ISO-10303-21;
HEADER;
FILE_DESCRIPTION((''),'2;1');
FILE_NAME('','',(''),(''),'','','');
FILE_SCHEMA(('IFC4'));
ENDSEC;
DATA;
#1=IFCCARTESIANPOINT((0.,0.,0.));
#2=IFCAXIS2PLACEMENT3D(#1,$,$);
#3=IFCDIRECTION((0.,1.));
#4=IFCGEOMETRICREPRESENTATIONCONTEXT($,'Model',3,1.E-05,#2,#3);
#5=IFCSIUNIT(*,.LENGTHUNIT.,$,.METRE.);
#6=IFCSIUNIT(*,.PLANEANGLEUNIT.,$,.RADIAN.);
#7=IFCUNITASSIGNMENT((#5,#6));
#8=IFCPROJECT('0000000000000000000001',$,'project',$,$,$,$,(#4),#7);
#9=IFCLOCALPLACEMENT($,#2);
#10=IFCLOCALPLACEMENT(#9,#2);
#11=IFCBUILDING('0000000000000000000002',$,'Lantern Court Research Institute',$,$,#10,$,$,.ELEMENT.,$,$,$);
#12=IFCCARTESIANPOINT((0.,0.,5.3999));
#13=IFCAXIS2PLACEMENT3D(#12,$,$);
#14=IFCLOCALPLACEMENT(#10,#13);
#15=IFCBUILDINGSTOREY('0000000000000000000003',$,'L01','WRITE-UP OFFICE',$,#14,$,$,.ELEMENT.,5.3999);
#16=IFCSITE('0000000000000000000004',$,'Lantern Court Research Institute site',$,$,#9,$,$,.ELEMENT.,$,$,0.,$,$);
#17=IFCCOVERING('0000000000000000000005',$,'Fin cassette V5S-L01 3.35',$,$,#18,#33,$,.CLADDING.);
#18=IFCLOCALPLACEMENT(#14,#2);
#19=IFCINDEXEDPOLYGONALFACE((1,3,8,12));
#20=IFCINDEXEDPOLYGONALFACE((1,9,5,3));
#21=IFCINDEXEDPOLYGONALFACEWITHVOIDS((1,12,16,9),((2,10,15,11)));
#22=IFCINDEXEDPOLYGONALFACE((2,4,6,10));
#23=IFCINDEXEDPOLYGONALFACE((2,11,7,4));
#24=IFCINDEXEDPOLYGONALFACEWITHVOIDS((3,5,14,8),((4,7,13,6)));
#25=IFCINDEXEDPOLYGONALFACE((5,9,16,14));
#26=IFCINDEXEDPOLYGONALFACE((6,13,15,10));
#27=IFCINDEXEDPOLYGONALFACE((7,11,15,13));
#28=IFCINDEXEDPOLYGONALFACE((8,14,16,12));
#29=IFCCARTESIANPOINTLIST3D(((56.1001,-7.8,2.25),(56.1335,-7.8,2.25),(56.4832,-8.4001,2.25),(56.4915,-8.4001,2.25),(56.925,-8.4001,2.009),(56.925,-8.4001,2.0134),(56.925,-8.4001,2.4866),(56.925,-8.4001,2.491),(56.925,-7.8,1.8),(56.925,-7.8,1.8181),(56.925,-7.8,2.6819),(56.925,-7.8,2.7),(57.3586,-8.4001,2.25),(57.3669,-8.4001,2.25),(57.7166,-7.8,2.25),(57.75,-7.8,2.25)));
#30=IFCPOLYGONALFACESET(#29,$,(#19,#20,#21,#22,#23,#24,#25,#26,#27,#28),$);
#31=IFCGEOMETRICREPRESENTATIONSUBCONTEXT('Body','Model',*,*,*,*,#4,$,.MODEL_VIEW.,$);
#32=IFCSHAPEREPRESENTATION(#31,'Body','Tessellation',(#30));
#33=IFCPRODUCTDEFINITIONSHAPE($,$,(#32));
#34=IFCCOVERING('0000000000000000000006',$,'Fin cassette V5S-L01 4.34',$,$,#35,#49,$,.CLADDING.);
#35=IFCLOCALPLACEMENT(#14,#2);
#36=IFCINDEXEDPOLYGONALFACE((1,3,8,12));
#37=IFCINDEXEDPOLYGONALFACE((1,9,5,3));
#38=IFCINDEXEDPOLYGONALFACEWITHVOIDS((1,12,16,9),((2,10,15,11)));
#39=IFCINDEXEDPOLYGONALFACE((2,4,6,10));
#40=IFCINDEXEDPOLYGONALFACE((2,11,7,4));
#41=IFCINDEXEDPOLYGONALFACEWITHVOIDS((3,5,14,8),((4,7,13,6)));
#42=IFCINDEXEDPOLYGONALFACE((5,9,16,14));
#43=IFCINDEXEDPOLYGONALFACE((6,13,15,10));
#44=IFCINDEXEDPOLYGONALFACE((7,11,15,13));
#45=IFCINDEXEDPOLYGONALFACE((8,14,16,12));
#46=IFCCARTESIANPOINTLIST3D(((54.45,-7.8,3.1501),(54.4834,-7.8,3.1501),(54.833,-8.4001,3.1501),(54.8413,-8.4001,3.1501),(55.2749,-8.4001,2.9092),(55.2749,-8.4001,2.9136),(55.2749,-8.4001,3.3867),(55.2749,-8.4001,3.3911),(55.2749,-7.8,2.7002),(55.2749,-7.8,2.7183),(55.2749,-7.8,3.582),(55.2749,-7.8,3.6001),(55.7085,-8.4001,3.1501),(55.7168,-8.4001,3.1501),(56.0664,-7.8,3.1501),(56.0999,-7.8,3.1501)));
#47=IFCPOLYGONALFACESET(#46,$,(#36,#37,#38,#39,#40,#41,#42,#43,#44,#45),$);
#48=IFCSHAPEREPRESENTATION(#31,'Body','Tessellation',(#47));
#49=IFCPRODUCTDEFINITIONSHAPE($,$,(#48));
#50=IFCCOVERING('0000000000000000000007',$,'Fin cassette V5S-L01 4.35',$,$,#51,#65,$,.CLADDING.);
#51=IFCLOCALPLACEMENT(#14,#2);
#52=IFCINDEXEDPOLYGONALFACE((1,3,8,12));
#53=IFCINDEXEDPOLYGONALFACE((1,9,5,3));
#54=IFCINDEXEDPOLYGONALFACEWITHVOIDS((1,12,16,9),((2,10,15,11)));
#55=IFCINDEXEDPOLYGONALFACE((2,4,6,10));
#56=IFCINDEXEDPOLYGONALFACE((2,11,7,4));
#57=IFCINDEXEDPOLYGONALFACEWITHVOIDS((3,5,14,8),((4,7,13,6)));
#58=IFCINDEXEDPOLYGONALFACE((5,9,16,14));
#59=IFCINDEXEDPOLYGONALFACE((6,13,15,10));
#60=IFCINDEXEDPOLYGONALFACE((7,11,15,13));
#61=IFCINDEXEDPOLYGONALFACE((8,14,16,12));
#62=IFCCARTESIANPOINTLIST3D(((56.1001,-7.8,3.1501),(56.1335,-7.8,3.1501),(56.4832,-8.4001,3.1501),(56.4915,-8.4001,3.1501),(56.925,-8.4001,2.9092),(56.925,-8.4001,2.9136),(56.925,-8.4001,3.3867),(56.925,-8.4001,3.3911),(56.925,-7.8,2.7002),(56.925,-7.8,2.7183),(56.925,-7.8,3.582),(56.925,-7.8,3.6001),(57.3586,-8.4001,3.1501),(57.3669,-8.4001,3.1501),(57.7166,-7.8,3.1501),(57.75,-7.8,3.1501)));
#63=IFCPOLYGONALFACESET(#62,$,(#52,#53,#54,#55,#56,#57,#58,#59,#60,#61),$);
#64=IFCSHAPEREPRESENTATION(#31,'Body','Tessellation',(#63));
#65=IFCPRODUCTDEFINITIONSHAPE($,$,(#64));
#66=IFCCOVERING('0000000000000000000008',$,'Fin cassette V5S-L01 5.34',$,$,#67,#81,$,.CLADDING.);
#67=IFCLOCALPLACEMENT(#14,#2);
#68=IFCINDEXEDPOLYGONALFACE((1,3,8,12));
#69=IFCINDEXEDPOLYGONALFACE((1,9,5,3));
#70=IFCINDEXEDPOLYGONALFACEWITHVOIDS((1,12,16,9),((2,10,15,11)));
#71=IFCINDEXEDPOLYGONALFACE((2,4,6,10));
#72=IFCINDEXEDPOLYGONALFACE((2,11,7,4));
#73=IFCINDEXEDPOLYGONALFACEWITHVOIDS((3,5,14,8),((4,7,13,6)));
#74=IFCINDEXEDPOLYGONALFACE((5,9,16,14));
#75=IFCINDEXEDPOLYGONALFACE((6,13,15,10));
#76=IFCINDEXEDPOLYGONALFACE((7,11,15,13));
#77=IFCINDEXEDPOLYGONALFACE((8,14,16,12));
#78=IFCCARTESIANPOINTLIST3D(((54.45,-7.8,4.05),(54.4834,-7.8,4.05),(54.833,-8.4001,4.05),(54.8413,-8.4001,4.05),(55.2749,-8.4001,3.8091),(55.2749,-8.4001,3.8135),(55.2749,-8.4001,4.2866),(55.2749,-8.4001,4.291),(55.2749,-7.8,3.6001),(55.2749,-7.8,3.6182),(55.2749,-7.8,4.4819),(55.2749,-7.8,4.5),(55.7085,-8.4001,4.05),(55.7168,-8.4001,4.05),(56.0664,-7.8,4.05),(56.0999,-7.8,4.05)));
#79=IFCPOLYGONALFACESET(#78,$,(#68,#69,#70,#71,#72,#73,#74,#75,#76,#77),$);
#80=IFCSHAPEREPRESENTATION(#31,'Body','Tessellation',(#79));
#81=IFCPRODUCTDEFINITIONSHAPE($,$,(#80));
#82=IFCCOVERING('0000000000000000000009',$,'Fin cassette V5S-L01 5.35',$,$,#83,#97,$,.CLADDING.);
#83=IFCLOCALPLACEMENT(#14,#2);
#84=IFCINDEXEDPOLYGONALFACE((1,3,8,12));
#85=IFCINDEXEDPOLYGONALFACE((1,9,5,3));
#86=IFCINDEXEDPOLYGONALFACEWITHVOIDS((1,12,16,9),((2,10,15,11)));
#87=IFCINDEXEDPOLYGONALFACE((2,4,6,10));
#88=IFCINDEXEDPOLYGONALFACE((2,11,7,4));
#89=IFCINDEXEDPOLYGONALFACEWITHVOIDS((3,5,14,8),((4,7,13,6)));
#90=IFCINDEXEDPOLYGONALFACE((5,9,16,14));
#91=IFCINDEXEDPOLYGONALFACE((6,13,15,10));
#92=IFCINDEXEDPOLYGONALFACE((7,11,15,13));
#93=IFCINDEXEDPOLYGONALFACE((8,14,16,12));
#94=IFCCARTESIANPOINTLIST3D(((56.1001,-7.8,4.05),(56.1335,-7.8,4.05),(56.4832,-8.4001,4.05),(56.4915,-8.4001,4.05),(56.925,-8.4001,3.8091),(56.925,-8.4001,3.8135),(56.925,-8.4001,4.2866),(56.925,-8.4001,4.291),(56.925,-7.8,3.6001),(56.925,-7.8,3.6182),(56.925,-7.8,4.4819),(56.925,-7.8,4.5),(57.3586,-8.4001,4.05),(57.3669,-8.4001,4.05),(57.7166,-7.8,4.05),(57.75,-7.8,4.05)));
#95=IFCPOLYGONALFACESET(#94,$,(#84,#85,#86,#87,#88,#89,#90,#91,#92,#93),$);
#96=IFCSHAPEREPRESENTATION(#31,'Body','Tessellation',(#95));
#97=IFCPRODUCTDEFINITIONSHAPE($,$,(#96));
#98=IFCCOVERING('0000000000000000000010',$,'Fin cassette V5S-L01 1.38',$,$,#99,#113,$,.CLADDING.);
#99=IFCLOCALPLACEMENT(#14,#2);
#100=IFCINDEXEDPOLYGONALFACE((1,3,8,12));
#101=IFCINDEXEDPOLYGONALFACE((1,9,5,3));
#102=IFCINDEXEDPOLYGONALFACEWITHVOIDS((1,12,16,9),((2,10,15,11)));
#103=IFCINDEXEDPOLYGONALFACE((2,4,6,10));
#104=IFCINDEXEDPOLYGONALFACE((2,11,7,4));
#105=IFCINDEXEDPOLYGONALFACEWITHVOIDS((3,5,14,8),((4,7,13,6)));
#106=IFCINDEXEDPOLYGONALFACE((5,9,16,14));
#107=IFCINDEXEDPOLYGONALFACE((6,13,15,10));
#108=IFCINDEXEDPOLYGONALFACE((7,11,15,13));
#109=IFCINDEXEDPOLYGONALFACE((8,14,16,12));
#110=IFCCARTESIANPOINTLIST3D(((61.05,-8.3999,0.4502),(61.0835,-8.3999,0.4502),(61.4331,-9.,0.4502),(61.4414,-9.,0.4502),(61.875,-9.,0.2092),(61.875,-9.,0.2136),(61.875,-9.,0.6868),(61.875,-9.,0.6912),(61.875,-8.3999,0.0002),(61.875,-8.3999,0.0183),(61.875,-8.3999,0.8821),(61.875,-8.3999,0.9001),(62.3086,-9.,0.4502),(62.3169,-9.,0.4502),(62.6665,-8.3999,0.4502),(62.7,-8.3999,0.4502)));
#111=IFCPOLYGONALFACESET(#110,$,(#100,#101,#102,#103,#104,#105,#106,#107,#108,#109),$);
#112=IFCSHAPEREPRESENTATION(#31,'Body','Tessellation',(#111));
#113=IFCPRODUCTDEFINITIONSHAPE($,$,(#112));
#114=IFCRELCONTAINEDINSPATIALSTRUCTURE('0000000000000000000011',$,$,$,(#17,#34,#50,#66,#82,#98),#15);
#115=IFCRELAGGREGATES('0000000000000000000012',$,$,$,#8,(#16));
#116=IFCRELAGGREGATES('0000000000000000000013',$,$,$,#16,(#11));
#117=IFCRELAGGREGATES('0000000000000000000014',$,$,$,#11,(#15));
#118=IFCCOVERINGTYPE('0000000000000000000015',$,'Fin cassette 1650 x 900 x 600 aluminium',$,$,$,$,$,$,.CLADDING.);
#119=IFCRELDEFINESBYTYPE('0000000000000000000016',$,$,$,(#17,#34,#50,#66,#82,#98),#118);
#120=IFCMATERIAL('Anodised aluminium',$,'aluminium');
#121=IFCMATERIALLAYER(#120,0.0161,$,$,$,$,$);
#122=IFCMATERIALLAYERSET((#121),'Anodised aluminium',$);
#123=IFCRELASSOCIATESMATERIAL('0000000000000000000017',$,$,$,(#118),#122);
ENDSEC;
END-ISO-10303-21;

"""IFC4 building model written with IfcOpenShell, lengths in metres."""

from ifc_helpers import new_model, entity, si_unit, direction, frame, origin, place, context, subcontext, project, spatial, material, layer, layer_set, type_object, element, save


model = new_model("IFC4")

# Units and contexts
model_context = context("Model", 3, precision=1e-05, world=origin(), true_north=direction((0.0, 1.0)))
body_context = subcontext(model_context, "Body", "Model", "MODEL_VIEW")
ifc_project = project(units=[si_unit("LENGTHUNIT", "METRE"), si_unit("PLANEANGLEUNIT", "RADIAN")], contexts=[model_context])

# Site, building, storey
site_placement = place(None, origin())
site = spatial("IfcSite", under=ifc_project, at=site_placement, Name="Lantern Court Research Institute site", CompositionType="ELEMENT", RefElevation=0.0)
building_placement = place(site_placement, origin())
building = spatial("IfcBuilding", under=site, at=building_placement, Name="Lantern Court Research Institute", CompositionType="ELEMENT")
storey_placement = place(building_placement, frame((0.0, 0.0, 5.3999)))
storey = spatial("IfcBuildingStorey", under=building, at=storey_placement, Name="L01", Description="WRITE-UP OFFICE", CompositionType="ELEMENT", Elevation=5.3999)

# Coverings
ifc_material_1 = material(Name="Anodised aluminium", Category="aluminium")
ifc_layer_1 = layer(ifc_material_1, 0.0161)
ifc_layer_set_1 = layer_set([ifc_layer_1], Name="Anodised aluminium")
covering_type = type_object("IfcCoveringType", Name="Fin cassette 1650 x 900 x 600 aluminium", PredefinedType="CLADDING", material=ifc_layer_set_1)
covering_1_placement = place(storey_placement, frame((56.925, -7.8, 2.25), z_axis=(0.0, -1.0, 0.0), x_axis=(1.0, 0.0, 0.0)))
cartesian_point_1 = entity("IfcCartesianPoint", [0.825, 0.0])
cartesian_point_2 = entity("IfcCartesianPoint", [0.7915, 0.0])
cartesian_point_3 = entity("IfcCartesianPoint", [0.4419, 0.0])
cartesian_point_4 = entity("IfcCartesianPoint", [0.4336, 0.0])
element("IfcCovering", 1, at=covering_1_placement, inside=storey, type_object=covering_type, Name="Fin cassette V5S-L01 3.35", PredefinedType="CLADDING", context=body_context, shape_type="SweptSolid", body=[
    entity("IfcExtrudedAreaSolidTapered", entity("IfcArbitraryProfileDefWithVoids", "AREA", None, entity("IfcPolyline", [cartesian_point_1, entity("IfcCartesianPoint", [0.0, 0.45]), entity("IfcCartesianPoint", [-0.825, 0.0]), entity("IfcCartesianPoint", [0.0, -0.45]), cartesian_point_1]), [entity("IfcPolyline", [cartesian_point_2, entity("IfcCartesianPoint", [0.0, 0.4319]), entity("IfcCartesianPoint", [-0.7915, 0.0]), entity("IfcCartesianPoint", [0.0, -0.4319]), cartesian_point_2])]), entity("IfcAxis2Placement3D", entity("IfcCartesianPoint", [0.0, 0.0, 0.0])), entity("IfcDirection", [0.0, 0.0, 1.0]), 0.6001, entity("IfcArbitraryProfileDefWithVoids", "AREA", None, entity("IfcPolyline", [cartesian_point_3, entity("IfcCartesianPoint", [0.0, 0.241]), entity("IfcCartesianPoint", [-0.4419, 0.0]), entity("IfcCartesianPoint", [0.0, -0.241]), cartesian_point_3]), [entity("IfcPolyline", [cartesian_point_4, entity("IfcCartesianPoint", [0.0, 0.2366]), entity("IfcCartesianPoint", [-0.4336, 0.0]), entity("IfcCartesianPoint", [0.0, -0.2366]), cartesian_point_4])])),
])
covering_2_placement = place(storey_placement, frame((55.2749, -7.8, 3.1501), z_axis=(0.0, -1.0, 0.0), x_axis=(1.0, 0.0, 0.0)))
cartesian_point_5 = entity("IfcCartesianPoint", [0.825, 0.0])
cartesian_point_6 = entity("IfcCartesianPoint", [0.7915, 0.0])
cartesian_point_7 = entity("IfcCartesianPoint", [0.4419, 0.0])
cartesian_point_8 = entity("IfcCartesianPoint", [0.4336, 0.0])
element("IfcCovering", 2, at=covering_2_placement, inside=storey, type_object=covering_type, Name="Fin cassette V5S-L01 4.34", PredefinedType="CLADDING", context=body_context, shape_type="SweptSolid", body=[
    entity("IfcExtrudedAreaSolidTapered", entity("IfcArbitraryProfileDefWithVoids", "AREA", None, entity("IfcPolyline", [cartesian_point_5, entity("IfcCartesianPoint", [0.0, 0.45]), entity("IfcCartesianPoint", [-0.825, 0.0]), entity("IfcCartesianPoint", [0.0, -0.45]), cartesian_point_5]), [entity("IfcPolyline", [cartesian_point_6, entity("IfcCartesianPoint", [0.0, 0.4319]), entity("IfcCartesianPoint", [-0.7915, 0.0]), entity("IfcCartesianPoint", [0.0, -0.4319]), cartesian_point_6])]), entity("IfcAxis2Placement3D", entity("IfcCartesianPoint", [0.0, 0.0, 0.0])), entity("IfcDirection", [0.0, 0.0, 1.0]), 0.6001, entity("IfcArbitraryProfileDefWithVoids", "AREA", None, entity("IfcPolyline", [cartesian_point_7, entity("IfcCartesianPoint", [0.0, 0.241]), entity("IfcCartesianPoint", [-0.4419, 0.0]), entity("IfcCartesianPoint", [0.0, -0.241]), cartesian_point_7]), [entity("IfcPolyline", [cartesian_point_8, entity("IfcCartesianPoint", [0.0, 0.2366]), entity("IfcCartesianPoint", [-0.4336, 0.0]), entity("IfcCartesianPoint", [0.0, -0.2366]), cartesian_point_8])])),
])
covering_3_placement = place(storey_placement, frame((56.925, -7.8, 3.1501), z_axis=(0.0, -1.0, 0.0), x_axis=(1.0, 0.0, 0.0)))
cartesian_point_9 = entity("IfcCartesianPoint", [0.825, 0.0])
cartesian_point_10 = entity("IfcCartesianPoint", [0.7915, 0.0])
cartesian_point_11 = entity("IfcCartesianPoint", [0.4419, 0.0])
cartesian_point_12 = entity("IfcCartesianPoint", [0.4336, 0.0])
element("IfcCovering", 3, at=covering_3_placement, inside=storey, type_object=covering_type, Name="Fin cassette V5S-L01 4.35", PredefinedType="CLADDING", context=body_context, shape_type="SweptSolid", body=[
    entity("IfcExtrudedAreaSolidTapered", entity("IfcArbitraryProfileDefWithVoids", "AREA", None, entity("IfcPolyline", [cartesian_point_9, entity("IfcCartesianPoint", [0.0, 0.45]), entity("IfcCartesianPoint", [-0.825, 0.0]), entity("IfcCartesianPoint", [0.0, -0.45]), cartesian_point_9]), [entity("IfcPolyline", [cartesian_point_10, entity("IfcCartesianPoint", [0.0, 0.4319]), entity("IfcCartesianPoint", [-0.7915, 0.0]), entity("IfcCartesianPoint", [0.0, -0.4319]), cartesian_point_10])]), entity("IfcAxis2Placement3D", entity("IfcCartesianPoint", [0.0, 0.0, 0.0])), entity("IfcDirection", [0.0, 0.0, 1.0]), 0.6001, entity("IfcArbitraryProfileDefWithVoids", "AREA", None, entity("IfcPolyline", [cartesian_point_11, entity("IfcCartesianPoint", [0.0, 0.241]), entity("IfcCartesianPoint", [-0.4419, 0.0]), entity("IfcCartesianPoint", [0.0, -0.241]), cartesian_point_11]), [entity("IfcPolyline", [cartesian_point_12, entity("IfcCartesianPoint", [0.0, 0.2366]), entity("IfcCartesianPoint", [-0.4336, 0.0]), entity("IfcCartesianPoint", [0.0, -0.2366]), cartesian_point_12])])),
])
covering_4_placement = place(storey_placement, frame((55.2749, -7.8, 4.05), z_axis=(0.0, -1.0, 0.0), x_axis=(1.0, 0.0, 0.0)))
cartesian_point_13 = entity("IfcCartesianPoint", [0.825, 0.0])
cartesian_point_14 = entity("IfcCartesianPoint", [0.7915, 0.0])
cartesian_point_15 = entity("IfcCartesianPoint", [0.4419, 0.0])
cartesian_point_16 = entity("IfcCartesianPoint", [0.4336, 0.0])
element("IfcCovering", 4, at=covering_4_placement, inside=storey, type_object=covering_type, Name="Fin cassette V5S-L01 5.34", PredefinedType="CLADDING", context=body_context, shape_type="SweptSolid", body=[
    entity("IfcExtrudedAreaSolidTapered", entity("IfcArbitraryProfileDefWithVoids", "AREA", None, entity("IfcPolyline", [cartesian_point_13, entity("IfcCartesianPoint", [0.0, 0.45]), entity("IfcCartesianPoint", [-0.825, 0.0]), entity("IfcCartesianPoint", [0.0, -0.45]), cartesian_point_13]), [entity("IfcPolyline", [cartesian_point_14, entity("IfcCartesianPoint", [0.0, 0.4319]), entity("IfcCartesianPoint", [-0.7915, 0.0]), entity("IfcCartesianPoint", [0.0, -0.4319]), cartesian_point_14])]), entity("IfcAxis2Placement3D", entity("IfcCartesianPoint", [0.0, 0.0, 0.0])), entity("IfcDirection", [0.0, 0.0, 1.0]), 0.6001, entity("IfcArbitraryProfileDefWithVoids", "AREA", None, entity("IfcPolyline", [cartesian_point_15, entity("IfcCartesianPoint", [0.0, 0.241]), entity("IfcCartesianPoint", [-0.4419, 0.0]), entity("IfcCartesianPoint", [0.0, -0.241]), cartesian_point_15]), [entity("IfcPolyline", [cartesian_point_16, entity("IfcCartesianPoint", [0.0, 0.2366]), entity("IfcCartesianPoint", [-0.4336, 0.0]), entity("IfcCartesianPoint", [0.0, -0.2366]), cartesian_point_16])])),
])
covering_5_placement = place(storey_placement, frame((56.925, -7.8, 4.05), z_axis=(0.0, -1.0, 0.0), x_axis=(1.0, 0.0, 0.0)))
cartesian_point_17 = entity("IfcCartesianPoint", [0.825, 0.0])
cartesian_point_18 = entity("IfcCartesianPoint", [0.7915, 0.0])
cartesian_point_19 = entity("IfcCartesianPoint", [0.4419, 0.0])
cartesian_point_20 = entity("IfcCartesianPoint", [0.4336, 0.0])
element("IfcCovering", 5, at=covering_5_placement, inside=storey, type_object=covering_type, Name="Fin cassette V5S-L01 5.35", PredefinedType="CLADDING", context=body_context, shape_type="SweptSolid", body=[
    entity("IfcExtrudedAreaSolidTapered", entity("IfcArbitraryProfileDefWithVoids", "AREA", None, entity("IfcPolyline", [cartesian_point_17, entity("IfcCartesianPoint", [0.0, 0.45]), entity("IfcCartesianPoint", [-0.825, 0.0]), entity("IfcCartesianPoint", [0.0, -0.45]), cartesian_point_17]), [entity("IfcPolyline", [cartesian_point_18, entity("IfcCartesianPoint", [0.0, 0.4319]), entity("IfcCartesianPoint", [-0.7915, 0.0]), entity("IfcCartesianPoint", [0.0, -0.4319]), cartesian_point_18])]), entity("IfcAxis2Placement3D", entity("IfcCartesianPoint", [0.0, 0.0, 0.0])), entity("IfcDirection", [0.0, 0.0, 1.0]), 0.6001, entity("IfcArbitraryProfileDefWithVoids", "AREA", None, entity("IfcPolyline", [cartesian_point_19, entity("IfcCartesianPoint", [0.0, 0.241]), entity("IfcCartesianPoint", [-0.4419, 0.0]), entity("IfcCartesianPoint", [0.0, -0.241]), cartesian_point_19]), [entity("IfcPolyline", [cartesian_point_20, entity("IfcCartesianPoint", [0.0, 0.2366]), entity("IfcCartesianPoint", [-0.4336, 0.0]), entity("IfcCartesianPoint", [0.0, -0.2366]), cartesian_point_20])])),
])
covering_6_placement = place(storey_placement, frame((61.875, -8.3999, 0.4502), z_axis=(0.0, -1.0, 0.0), x_axis=(1.0, 0.0, 0.0)))
cartesian_point_21 = entity("IfcCartesianPoint", [0.825, 0.0])
cartesian_point_22 = entity("IfcCartesianPoint", [0.7915, 0.0])
cartesian_point_23 = entity("IfcCartesianPoint", [0.4419, 0.0])
cartesian_point_24 = entity("IfcCartesianPoint", [0.4336, 0.0])
element("IfcCovering", 6, at=covering_6_placement, inside=storey, type_object=covering_type, Name="Fin cassette V5S-L01 1.38", PredefinedType="CLADDING", context=body_context, shape_type="SweptSolid", body=[
    entity("IfcExtrudedAreaSolidTapered", entity("IfcArbitraryProfileDefWithVoids", "AREA", None, entity("IfcPolyline", [cartesian_point_21, entity("IfcCartesianPoint", [0.0, 0.45]), entity("IfcCartesianPoint", [-0.825, 0.0]), entity("IfcCartesianPoint", [0.0, -0.45]), cartesian_point_21]), [entity("IfcPolyline", [cartesian_point_22, entity("IfcCartesianPoint", [0.0, 0.4319]), entity("IfcCartesianPoint", [-0.7915, 0.0]), entity("IfcCartesianPoint", [0.0, -0.4319]), cartesian_point_22])]), entity("IfcAxis2Placement3D", entity("IfcCartesianPoint", [0.0, 0.0, 0.0])), entity("IfcDirection", [0.0, 0.0, 1.0]), 0.6001, entity("IfcArbitraryProfileDefWithVoids", "AREA", None, entity("IfcPolyline", [cartesian_point_23, entity("IfcCartesianPoint", [0.0, 0.241]), entity("IfcCartesianPoint", [-0.4419, 0.0]), entity("IfcCartesianPoint", [0.0, -0.241]), cartesian_point_23]), [entity("IfcPolyline", [cartesian_point_24, entity("IfcCartesianPoint", [0.0, 0.2366]), entity("IfcCartesianPoint", [-0.4336, 0.0]), entity("IfcCartesianPoint", [0.0, -0.2366]), cartesian_point_24])])),
])

save(model, "model.ifc")
